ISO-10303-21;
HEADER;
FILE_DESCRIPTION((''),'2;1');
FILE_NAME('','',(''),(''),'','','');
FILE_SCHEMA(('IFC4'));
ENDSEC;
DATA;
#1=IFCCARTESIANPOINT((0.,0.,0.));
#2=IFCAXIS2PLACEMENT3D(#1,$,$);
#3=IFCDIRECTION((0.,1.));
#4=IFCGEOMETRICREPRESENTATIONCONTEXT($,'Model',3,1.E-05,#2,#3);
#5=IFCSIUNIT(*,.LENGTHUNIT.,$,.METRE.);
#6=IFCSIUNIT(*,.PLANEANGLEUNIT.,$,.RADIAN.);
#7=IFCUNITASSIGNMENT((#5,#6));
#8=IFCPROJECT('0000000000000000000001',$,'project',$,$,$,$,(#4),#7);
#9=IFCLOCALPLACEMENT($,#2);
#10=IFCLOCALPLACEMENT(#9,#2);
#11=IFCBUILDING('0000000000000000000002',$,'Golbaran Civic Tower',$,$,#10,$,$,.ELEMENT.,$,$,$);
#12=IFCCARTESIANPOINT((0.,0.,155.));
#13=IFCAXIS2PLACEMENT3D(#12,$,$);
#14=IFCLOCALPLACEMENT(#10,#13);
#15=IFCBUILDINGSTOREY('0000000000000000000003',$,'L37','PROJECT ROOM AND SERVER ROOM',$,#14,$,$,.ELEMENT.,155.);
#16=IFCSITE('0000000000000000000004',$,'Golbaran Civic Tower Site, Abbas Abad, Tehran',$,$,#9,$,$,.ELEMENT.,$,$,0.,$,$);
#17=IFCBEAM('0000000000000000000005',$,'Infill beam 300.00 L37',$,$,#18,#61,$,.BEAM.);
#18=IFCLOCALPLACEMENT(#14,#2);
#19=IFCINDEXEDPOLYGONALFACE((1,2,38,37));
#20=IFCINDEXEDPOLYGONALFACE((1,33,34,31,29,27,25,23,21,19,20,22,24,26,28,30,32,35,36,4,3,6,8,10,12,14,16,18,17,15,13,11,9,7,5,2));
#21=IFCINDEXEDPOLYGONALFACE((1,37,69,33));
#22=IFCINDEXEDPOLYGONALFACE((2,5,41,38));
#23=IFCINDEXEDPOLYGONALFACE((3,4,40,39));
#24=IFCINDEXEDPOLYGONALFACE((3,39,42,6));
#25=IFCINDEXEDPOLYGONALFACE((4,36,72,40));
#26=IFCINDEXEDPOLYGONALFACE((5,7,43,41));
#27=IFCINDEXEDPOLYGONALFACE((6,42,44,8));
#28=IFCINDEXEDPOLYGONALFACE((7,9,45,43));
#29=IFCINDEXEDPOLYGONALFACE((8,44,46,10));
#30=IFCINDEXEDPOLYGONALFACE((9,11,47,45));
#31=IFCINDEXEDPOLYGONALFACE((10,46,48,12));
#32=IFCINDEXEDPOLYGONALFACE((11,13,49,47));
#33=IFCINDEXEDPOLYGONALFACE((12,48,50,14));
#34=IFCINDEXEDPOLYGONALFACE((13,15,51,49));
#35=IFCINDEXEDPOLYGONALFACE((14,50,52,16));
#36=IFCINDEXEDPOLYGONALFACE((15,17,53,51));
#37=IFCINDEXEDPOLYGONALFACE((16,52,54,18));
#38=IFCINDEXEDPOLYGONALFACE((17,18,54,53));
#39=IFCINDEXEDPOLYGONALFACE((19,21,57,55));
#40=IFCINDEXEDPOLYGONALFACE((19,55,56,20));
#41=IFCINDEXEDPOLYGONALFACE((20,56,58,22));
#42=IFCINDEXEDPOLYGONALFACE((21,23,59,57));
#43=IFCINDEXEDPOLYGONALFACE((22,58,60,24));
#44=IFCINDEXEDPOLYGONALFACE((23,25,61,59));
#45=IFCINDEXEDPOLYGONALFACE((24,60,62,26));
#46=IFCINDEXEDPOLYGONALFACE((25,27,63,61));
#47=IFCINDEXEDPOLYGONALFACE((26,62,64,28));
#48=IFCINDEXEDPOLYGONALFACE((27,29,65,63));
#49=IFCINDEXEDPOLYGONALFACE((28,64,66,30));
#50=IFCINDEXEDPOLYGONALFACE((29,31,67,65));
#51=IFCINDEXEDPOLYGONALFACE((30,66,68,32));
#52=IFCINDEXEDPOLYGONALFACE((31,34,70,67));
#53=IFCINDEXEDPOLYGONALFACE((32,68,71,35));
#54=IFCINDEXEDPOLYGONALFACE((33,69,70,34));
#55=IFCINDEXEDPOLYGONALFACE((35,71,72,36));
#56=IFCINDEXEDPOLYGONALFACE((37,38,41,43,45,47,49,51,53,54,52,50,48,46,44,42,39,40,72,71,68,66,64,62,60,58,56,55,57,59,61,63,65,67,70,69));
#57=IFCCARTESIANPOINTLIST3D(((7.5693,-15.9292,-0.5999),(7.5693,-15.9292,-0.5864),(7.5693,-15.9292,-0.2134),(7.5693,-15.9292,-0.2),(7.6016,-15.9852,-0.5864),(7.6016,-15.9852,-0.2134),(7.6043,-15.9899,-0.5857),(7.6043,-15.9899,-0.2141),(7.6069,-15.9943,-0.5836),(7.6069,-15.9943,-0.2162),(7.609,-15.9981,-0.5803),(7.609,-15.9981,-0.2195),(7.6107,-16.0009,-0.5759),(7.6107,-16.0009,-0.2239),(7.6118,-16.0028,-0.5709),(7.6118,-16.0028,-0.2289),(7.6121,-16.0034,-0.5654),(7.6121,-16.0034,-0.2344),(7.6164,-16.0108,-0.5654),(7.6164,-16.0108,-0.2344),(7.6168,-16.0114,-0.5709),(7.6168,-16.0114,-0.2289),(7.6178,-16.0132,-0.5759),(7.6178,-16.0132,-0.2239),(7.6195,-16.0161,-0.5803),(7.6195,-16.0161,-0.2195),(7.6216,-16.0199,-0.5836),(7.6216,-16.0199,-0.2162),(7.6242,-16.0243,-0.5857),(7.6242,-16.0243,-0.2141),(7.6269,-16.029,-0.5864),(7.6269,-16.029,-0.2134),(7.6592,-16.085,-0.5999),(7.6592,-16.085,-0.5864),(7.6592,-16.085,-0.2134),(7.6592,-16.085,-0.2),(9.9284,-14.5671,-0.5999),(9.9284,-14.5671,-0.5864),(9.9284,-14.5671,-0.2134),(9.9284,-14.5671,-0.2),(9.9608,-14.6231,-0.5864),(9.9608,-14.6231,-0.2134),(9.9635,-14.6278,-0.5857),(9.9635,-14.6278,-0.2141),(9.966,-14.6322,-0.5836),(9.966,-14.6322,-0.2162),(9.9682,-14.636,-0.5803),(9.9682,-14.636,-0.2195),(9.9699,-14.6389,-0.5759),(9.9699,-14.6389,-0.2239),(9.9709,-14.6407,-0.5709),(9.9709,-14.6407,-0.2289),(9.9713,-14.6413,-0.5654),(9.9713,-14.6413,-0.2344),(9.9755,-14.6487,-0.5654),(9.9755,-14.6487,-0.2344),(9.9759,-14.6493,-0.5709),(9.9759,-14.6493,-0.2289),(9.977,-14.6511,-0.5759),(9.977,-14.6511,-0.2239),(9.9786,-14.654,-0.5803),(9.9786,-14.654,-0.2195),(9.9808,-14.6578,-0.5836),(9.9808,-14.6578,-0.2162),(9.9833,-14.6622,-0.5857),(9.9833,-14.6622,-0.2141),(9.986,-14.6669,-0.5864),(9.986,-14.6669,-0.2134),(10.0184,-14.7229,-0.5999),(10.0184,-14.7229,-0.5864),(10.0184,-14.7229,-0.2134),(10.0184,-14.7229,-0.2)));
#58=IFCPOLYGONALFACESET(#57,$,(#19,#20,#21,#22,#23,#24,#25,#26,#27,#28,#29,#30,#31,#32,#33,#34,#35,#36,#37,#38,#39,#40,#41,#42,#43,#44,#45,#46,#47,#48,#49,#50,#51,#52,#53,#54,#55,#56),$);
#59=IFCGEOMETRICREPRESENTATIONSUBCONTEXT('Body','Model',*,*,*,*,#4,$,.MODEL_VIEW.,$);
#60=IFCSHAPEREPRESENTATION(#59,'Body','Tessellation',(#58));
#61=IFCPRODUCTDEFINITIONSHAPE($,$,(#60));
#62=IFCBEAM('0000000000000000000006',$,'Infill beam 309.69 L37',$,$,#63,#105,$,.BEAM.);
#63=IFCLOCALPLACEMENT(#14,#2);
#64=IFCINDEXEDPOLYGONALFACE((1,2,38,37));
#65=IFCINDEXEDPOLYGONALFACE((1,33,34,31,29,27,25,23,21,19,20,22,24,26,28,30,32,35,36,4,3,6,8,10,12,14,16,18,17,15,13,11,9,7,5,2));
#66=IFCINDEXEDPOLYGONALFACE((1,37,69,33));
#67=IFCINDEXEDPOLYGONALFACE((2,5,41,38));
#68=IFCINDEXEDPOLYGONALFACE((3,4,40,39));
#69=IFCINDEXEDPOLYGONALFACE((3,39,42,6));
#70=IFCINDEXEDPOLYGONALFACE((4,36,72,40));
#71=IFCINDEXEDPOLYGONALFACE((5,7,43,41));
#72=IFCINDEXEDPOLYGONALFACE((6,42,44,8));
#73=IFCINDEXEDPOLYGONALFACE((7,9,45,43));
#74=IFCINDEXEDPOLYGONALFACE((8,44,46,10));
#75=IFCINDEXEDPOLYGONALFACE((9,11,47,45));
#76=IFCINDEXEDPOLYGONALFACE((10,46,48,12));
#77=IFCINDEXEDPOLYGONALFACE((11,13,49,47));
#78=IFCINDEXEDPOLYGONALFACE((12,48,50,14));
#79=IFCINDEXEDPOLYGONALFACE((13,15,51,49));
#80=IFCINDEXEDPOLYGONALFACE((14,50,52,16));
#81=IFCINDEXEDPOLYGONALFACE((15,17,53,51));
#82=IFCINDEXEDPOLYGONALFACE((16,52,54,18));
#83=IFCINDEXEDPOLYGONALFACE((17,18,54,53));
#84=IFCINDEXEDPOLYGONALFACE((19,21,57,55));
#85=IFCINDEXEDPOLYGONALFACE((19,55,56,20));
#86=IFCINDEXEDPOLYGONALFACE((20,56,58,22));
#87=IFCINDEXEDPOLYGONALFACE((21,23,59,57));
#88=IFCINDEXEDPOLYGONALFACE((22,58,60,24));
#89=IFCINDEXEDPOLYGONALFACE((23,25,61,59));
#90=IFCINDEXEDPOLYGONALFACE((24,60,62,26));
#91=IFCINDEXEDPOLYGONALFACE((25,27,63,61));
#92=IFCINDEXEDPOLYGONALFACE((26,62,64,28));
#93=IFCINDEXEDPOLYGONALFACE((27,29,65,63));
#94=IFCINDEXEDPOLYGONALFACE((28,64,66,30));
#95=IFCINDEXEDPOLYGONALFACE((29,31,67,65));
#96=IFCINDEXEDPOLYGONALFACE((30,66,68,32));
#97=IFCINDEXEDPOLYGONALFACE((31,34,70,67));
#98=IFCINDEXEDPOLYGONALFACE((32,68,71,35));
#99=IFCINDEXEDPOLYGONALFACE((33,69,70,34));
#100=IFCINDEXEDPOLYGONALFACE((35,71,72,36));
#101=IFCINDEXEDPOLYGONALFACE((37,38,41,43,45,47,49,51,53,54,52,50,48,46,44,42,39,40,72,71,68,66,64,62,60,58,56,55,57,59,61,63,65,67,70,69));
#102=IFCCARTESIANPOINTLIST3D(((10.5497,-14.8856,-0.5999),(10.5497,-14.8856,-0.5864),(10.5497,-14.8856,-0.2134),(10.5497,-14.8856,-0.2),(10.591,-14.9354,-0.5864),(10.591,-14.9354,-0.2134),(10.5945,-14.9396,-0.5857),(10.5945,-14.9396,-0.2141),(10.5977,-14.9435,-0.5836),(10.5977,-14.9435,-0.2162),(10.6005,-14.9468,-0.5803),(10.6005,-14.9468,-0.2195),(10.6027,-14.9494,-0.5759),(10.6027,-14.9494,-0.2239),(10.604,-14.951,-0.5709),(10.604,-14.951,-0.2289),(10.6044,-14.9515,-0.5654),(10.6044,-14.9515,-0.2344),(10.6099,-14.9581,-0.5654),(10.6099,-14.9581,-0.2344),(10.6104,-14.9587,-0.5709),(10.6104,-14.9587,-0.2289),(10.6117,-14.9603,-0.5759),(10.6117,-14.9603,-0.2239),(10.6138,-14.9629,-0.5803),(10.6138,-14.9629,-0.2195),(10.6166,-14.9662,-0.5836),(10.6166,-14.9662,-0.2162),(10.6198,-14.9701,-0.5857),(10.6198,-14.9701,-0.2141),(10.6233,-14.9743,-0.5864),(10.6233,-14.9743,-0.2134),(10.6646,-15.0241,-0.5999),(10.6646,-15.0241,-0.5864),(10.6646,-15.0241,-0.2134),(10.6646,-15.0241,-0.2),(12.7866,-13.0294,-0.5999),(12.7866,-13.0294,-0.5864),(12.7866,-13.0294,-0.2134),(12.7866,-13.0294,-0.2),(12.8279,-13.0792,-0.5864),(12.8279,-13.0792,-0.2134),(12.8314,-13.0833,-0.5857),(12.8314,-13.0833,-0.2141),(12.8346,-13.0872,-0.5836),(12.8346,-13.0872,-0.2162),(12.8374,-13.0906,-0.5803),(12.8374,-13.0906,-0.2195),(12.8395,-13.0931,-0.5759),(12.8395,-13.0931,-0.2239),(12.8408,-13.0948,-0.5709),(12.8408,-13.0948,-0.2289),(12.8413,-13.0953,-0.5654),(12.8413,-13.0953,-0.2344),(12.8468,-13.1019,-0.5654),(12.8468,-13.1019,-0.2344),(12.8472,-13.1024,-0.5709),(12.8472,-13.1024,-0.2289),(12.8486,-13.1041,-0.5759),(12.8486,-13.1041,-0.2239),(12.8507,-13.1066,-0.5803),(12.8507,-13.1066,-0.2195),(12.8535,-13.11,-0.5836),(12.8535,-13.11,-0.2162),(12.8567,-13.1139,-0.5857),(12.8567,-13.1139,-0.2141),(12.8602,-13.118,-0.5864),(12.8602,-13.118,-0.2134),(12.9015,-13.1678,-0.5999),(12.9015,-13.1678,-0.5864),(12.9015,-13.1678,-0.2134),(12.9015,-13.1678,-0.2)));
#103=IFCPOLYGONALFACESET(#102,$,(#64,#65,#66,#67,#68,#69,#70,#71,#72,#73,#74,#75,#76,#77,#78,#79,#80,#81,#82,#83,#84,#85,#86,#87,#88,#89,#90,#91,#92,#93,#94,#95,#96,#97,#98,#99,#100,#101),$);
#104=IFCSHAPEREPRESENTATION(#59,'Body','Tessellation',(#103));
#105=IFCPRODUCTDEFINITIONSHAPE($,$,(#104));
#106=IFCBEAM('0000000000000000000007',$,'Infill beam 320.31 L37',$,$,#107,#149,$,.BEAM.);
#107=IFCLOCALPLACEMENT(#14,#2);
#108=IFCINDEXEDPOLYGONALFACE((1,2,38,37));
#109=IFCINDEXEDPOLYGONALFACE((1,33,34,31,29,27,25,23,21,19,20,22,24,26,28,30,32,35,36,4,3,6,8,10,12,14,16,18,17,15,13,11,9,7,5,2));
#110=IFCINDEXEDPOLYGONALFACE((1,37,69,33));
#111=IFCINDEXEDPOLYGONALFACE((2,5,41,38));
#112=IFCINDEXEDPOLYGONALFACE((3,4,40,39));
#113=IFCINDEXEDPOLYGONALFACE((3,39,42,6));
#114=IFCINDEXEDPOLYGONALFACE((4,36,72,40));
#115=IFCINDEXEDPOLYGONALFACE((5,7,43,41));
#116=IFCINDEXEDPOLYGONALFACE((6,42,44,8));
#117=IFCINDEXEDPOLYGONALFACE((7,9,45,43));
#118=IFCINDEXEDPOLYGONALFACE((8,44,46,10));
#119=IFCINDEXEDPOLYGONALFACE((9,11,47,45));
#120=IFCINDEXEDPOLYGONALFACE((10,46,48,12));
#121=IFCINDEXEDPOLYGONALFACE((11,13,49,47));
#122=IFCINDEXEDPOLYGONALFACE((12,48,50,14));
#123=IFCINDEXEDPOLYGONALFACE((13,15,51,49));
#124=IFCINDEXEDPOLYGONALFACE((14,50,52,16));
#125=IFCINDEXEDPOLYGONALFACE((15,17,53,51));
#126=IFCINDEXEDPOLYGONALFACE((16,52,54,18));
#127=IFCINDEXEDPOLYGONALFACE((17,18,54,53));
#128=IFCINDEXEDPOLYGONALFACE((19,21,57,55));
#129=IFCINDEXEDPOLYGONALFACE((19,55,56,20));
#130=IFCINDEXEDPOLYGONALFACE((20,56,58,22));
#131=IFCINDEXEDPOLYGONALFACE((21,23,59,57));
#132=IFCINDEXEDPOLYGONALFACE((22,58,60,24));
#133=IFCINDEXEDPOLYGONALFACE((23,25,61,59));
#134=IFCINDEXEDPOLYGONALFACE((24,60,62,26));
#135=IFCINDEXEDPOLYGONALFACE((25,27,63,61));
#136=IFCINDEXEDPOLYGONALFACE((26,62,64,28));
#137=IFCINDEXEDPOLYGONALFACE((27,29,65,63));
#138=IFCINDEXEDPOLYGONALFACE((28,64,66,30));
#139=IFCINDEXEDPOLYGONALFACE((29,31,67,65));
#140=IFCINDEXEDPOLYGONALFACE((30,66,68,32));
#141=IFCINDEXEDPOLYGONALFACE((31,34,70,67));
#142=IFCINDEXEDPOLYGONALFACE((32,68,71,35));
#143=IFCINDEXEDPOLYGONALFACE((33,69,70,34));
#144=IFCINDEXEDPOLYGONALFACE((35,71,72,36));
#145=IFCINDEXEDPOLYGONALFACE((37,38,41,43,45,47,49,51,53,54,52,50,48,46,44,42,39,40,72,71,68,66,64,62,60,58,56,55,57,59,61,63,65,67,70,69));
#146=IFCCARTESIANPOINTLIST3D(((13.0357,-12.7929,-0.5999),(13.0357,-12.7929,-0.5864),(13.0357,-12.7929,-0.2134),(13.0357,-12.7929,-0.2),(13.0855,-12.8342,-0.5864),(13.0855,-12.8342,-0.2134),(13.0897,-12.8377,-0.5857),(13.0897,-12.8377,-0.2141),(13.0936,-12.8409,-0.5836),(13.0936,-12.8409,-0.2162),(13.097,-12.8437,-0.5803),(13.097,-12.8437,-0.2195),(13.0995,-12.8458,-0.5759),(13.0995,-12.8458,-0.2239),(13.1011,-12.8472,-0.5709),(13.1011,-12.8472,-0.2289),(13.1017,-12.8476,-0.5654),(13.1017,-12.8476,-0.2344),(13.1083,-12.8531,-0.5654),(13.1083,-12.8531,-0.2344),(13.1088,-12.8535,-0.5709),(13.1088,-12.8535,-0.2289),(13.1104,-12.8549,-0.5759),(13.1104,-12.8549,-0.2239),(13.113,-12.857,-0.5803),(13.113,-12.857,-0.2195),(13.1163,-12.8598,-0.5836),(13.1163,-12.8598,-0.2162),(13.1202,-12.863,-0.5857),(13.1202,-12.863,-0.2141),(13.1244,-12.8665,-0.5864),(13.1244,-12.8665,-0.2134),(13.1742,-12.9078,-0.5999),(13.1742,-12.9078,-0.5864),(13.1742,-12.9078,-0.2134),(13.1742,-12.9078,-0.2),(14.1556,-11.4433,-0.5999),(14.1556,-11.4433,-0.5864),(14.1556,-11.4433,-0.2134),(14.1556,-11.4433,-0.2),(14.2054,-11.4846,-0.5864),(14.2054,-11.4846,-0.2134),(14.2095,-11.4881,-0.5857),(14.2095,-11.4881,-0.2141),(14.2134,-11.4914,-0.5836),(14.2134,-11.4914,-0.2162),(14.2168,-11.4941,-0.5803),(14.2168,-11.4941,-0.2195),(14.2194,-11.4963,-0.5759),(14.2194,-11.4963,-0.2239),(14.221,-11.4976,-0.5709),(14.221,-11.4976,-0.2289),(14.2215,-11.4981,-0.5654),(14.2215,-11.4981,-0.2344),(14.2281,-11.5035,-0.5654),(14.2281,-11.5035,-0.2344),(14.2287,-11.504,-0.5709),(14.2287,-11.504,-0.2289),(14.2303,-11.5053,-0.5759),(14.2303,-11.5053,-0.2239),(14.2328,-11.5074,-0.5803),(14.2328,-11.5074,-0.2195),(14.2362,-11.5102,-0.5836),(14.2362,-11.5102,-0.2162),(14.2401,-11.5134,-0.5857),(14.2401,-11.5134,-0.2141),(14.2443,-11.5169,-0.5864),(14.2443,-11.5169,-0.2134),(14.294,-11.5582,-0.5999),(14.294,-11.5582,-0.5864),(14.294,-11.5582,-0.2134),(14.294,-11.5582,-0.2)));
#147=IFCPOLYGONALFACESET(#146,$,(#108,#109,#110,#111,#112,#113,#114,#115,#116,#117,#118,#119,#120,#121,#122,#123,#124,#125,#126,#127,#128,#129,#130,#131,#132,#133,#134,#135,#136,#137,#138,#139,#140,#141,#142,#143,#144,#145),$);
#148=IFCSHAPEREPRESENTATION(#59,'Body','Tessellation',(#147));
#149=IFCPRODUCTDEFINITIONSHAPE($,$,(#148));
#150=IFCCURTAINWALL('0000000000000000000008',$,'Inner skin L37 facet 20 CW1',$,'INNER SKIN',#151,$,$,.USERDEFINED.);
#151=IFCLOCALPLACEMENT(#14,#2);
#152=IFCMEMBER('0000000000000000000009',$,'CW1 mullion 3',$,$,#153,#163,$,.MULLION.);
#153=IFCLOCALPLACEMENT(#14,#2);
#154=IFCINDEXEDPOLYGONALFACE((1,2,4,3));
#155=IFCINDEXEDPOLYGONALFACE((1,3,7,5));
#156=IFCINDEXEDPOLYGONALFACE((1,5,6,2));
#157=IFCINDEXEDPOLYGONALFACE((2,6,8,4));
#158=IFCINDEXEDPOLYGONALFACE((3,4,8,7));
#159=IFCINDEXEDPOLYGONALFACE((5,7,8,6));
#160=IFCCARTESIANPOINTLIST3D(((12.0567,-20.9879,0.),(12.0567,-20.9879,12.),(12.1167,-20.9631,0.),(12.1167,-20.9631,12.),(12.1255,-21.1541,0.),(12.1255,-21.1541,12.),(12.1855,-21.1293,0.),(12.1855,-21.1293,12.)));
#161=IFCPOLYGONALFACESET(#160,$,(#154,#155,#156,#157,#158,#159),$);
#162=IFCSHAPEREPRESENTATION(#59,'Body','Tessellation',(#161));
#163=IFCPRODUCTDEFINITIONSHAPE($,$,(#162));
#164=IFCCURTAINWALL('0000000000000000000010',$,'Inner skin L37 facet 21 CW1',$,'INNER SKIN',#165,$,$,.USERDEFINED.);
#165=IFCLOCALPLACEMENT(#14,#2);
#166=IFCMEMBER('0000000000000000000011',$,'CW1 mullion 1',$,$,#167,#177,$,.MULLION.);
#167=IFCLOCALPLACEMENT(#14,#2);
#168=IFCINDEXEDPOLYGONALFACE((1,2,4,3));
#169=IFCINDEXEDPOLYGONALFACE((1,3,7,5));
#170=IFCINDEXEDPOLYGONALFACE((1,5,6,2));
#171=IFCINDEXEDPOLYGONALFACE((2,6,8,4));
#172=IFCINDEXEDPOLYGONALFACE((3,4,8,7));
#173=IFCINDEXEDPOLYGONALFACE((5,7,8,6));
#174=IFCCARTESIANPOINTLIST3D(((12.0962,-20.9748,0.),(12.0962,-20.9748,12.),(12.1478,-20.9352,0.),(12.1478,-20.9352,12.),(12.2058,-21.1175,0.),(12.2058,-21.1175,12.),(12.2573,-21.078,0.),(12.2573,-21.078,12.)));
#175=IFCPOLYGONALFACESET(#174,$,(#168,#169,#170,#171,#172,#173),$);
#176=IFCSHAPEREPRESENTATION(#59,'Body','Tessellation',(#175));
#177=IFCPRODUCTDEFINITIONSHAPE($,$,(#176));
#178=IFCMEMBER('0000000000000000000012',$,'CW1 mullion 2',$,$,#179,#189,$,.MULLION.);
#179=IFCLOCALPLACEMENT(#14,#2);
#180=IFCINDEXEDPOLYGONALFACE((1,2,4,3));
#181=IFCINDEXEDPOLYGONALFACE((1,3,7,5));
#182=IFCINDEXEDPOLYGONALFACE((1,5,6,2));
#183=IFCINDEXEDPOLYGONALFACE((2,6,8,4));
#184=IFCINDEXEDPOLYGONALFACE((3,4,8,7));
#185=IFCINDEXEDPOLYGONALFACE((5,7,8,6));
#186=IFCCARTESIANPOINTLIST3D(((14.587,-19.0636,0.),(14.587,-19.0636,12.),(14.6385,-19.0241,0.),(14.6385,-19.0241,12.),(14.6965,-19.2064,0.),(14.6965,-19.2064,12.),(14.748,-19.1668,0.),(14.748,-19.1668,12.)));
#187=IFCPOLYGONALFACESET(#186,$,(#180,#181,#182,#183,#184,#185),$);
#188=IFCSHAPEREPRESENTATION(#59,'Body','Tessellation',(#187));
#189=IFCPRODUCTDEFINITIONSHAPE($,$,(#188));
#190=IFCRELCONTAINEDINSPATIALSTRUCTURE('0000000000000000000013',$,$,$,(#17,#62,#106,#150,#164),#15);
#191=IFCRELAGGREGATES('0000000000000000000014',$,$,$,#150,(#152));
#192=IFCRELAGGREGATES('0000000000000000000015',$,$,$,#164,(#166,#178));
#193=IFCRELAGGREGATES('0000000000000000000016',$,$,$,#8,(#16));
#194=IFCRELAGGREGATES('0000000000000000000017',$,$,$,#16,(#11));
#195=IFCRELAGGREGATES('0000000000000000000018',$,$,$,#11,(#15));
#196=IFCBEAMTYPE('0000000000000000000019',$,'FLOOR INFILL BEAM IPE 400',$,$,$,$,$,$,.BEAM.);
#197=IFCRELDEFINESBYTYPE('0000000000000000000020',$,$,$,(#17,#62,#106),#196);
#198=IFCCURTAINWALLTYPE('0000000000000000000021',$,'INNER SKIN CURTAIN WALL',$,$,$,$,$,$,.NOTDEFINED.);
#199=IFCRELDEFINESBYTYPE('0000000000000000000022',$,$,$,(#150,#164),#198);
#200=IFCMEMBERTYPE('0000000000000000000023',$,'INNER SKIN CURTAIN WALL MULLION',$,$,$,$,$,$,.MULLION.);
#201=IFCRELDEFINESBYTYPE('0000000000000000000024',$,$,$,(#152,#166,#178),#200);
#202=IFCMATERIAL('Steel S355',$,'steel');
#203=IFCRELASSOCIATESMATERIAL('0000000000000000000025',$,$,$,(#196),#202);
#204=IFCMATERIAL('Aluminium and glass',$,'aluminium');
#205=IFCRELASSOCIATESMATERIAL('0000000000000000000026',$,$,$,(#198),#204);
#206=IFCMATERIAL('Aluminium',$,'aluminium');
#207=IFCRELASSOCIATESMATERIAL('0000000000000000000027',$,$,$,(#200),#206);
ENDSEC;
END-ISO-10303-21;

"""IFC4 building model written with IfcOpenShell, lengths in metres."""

from ifc_helpers import new_model, si_unit, direction, frame, origin, origin_2d, place, context, subcontext, project, spatial, rectangle, i_section, extrude, material, material_profile, profile_set, type_object, element, aggregate, save


model = new_model("IFC4")

# Units and contexts
model_context = context("Model", 3, precision=1e-05, world=origin(), true_north=direction((0.0, 1.0)))
body_context = subcontext(model_context, "Body", "Model", "MODEL_VIEW")
ifc_project = project(units=[si_unit("LENGTHUNIT", "METRE"), si_unit("PLANEANGLEUNIT", "RADIAN")], contexts=[model_context])

# Site, building, storey
site_placement = place(None, origin())
site = spatial("IfcSite", under=ifc_project, at=site_placement, Name="Golbaran Civic Tower Site, Abbas Abad, Tehran", CompositionType="ELEMENT", RefElevation=0.0)
building_placement = place(site_placement, origin())
building = spatial("IfcBuilding", under=site, at=building_placement, Name="Golbaran Civic Tower", CompositionType="ELEMENT")
storey_placement = place(building_placement, frame((0.0, 0.0, 155.0)))
storey = spatial("IfcBuildingStorey", under=building, at=storey_placement, Name="L37", Description="PROJECT ROOM AND SERVER ROOM", CompositionType="ELEMENT", Elevation=155.0)

# Beams
ifc_material_1 = material(Name="Steel S355", Category="steel")
ifc_material_profile_1 = material_profile(ifc_material_1, i_section(OverallWidth=0.1799, OverallDepth=0.3999, WebThickness=0.0085, FlangeThickness=0.0134, FilletRadius=0.021, at=origin_2d()), Name="IPE 400")
ifc_profile_set_1 = profile_set([ifc_material_profile_1], Name="Steel S355")
beam_type_1 = type_object("IfcBeamType", Name="FLOOR INFILL BEAM IPE 400", PredefinedType="BEAM", material=ifc_profile_set_1)
beam_1_placement = place(storey_placement, frame((7.6143, -16.0071, -0.3999), z_axis=(0.866023, 0.500004, 0.0), x_axis=(-0.500004, 0.866023, 0.0)))
element("IfcBeam", 1, at=beam_1_placement, inside=storey, type_object=beam_type_1, Name="Infill beam 300.00 L37", PredefinedType="BEAM", context=body_context, shape_type="SweptSolid", body=[
    extrude(i_section(OverallWidth=0.1799, OverallDepth=0.3999, WebThickness=0.0085, FlangeThickness=0.0134, FilletRadius=0.021, at=origin_2d()), origin(), (0.0, 0.0, 1.0), 2.7241),
])
beam_2_placement = place(storey_placement, frame((10.6072, -14.9548, -0.3999), z_axis=(0.769541, 0.638597, 0.0), x_axis=(-0.638597, 0.769541, 0.0)))
element("IfcBeam", 2, at=beam_2_placement, inside=storey, type_object=beam_type_1, Name="Infill beam 309.69 L37", PredefinedType="BEAM", context=body_context, shape_type="SweptSolid", body=[
    extrude(i_section(OverallWidth=0.1799, OverallDepth=0.3999, WebThickness=0.0085, FlangeThickness=0.0134, FilletRadius=0.021, at=origin_2d()), origin(), (0.0, 0.0, 1.0), 2.9067),
])
beam_3_placement = place(storey_placement, frame((13.105, -12.8503, -0.3999), z_axis=(0.638567, 0.769566, 0.0), x_axis=(-0.769566, 0.638567, 0.0)))
element("IfcBeam", 3, at=beam_3_placement, inside=storey, type_object=beam_type_1, Name="Infill beam 320.31 L37", PredefinedType="BEAM", context=body_context, shape_type="SweptSolid", body=[
    extrude(i_section(OverallWidth=0.1799, OverallDepth=0.3999, WebThickness=0.0085, FlangeThickness=0.0134, FilletRadius=0.021, at=origin_2d()), origin(), (0.0, 0.0, 1.0), 1.7537),
])

# Curtain wall, member
ifc_material_2 = material(Name="Aluminium and glass", Category="aluminium")
curtain_wall_type = type_object("IfcCurtainWallType", Name="INNER SKIN CURTAIN WALL", PredefinedType="NOTDEFINED", material=ifc_material_2)
curtain_wall_1_placement = place(storey_placement, origin())
curtain_wall_1 = element("IfcCurtainWall", 4, at=curtain_wall_1_placement, inside=storey, type_object=curtain_wall_type, Name="Inner skin L37 facet 20 CW1", ObjectType="INNER SKIN", PredefinedType="USERDEFINED")
ifc_material_3 = material(Name="Aluminium", Category="aluminium")
ifc_material_profile_2 = material_profile(ifc_material_3, rectangle(XDim=0.1799, YDim=0.0649, at=origin_2d()), Name="INNER SKIN CURTAIN WALL MULLION")
ifc_profile_set_2 = profile_set([ifc_material_profile_2], Name="Aluminium")
member_type_1 = type_object("IfcMemberType", Name="INNER SKIN CURTAIN WALL MULLION", PredefinedType="MULLION", material=ifc_profile_set_2)
member_1_placement = place(storey_placement, frame((12.1211, -21.0586, 0.0), z_axis=(0.0, 0.0, 1.0), x_axis=(-0.382683, 0.92388, 0.0)))
member_1 = element("IfcMember", 5, at=member_1_placement, type_object=member_type_1, Name="CW1 mullion 3", PredefinedType="MULLION", context=body_context, shape_type="SweptSolid", body=[
    extrude(rectangle(XDim=0.1799, YDim=0.0649, at=origin_2d()), origin(), (0.0, 0.0, 1.0), 12.0),
])

# Curtain wall, members
curtain_wall_2_placement = place(storey_placement, origin())
curtain_wall_2 = element("IfcCurtainWall", 6, at=curtain_wall_2_placement, inside=storey, type_object=curtain_wall_type, Name="Inner skin L37 facet 21 CW1", ObjectType="INNER SKIN", PredefinedType="USERDEFINED")
member_2_placement = place(storey_placement, frame((12.1768, -21.0264, 0.0), z_axis=(0.0, 0.0, 1.0), x_axis=(-0.608761, 0.793353, 0.0)))
member_2 = element("IfcMember", 7, at=member_2_placement, type_object=member_type_1, Name="CW1 mullion 1", PredefinedType="MULLION", context=body_context, shape_type="SweptSolid", body=[
    extrude(rectangle(XDim=0.1799, YDim=0.0649, at=origin_2d()), origin(), (0.0, 0.0, 1.0), 12.0),
])
member_3_placement = place(storey_placement, frame((14.6675, -19.1152, 0.0), z_axis=(0.0, 0.0, 1.0), x_axis=(-0.608761, 0.793353, 0.0)))
member_3 = element("IfcMember", 8, at=member_3_placement, type_object=member_type_1, Name="CW1 mullion 2", PredefinedType="MULLION", context=body_context, shape_type="SweptSolid", body=[
    extrude(rectangle(XDim=0.1799, YDim=0.0649, at=origin_2d()), origin(), (0.0, 0.0, 1.0), 12.0),
])

aggregate(curtain_wall_1, [member_1])
aggregate(curtain_wall_2, [member_2, member_3])

save(model, "model.ifc")
